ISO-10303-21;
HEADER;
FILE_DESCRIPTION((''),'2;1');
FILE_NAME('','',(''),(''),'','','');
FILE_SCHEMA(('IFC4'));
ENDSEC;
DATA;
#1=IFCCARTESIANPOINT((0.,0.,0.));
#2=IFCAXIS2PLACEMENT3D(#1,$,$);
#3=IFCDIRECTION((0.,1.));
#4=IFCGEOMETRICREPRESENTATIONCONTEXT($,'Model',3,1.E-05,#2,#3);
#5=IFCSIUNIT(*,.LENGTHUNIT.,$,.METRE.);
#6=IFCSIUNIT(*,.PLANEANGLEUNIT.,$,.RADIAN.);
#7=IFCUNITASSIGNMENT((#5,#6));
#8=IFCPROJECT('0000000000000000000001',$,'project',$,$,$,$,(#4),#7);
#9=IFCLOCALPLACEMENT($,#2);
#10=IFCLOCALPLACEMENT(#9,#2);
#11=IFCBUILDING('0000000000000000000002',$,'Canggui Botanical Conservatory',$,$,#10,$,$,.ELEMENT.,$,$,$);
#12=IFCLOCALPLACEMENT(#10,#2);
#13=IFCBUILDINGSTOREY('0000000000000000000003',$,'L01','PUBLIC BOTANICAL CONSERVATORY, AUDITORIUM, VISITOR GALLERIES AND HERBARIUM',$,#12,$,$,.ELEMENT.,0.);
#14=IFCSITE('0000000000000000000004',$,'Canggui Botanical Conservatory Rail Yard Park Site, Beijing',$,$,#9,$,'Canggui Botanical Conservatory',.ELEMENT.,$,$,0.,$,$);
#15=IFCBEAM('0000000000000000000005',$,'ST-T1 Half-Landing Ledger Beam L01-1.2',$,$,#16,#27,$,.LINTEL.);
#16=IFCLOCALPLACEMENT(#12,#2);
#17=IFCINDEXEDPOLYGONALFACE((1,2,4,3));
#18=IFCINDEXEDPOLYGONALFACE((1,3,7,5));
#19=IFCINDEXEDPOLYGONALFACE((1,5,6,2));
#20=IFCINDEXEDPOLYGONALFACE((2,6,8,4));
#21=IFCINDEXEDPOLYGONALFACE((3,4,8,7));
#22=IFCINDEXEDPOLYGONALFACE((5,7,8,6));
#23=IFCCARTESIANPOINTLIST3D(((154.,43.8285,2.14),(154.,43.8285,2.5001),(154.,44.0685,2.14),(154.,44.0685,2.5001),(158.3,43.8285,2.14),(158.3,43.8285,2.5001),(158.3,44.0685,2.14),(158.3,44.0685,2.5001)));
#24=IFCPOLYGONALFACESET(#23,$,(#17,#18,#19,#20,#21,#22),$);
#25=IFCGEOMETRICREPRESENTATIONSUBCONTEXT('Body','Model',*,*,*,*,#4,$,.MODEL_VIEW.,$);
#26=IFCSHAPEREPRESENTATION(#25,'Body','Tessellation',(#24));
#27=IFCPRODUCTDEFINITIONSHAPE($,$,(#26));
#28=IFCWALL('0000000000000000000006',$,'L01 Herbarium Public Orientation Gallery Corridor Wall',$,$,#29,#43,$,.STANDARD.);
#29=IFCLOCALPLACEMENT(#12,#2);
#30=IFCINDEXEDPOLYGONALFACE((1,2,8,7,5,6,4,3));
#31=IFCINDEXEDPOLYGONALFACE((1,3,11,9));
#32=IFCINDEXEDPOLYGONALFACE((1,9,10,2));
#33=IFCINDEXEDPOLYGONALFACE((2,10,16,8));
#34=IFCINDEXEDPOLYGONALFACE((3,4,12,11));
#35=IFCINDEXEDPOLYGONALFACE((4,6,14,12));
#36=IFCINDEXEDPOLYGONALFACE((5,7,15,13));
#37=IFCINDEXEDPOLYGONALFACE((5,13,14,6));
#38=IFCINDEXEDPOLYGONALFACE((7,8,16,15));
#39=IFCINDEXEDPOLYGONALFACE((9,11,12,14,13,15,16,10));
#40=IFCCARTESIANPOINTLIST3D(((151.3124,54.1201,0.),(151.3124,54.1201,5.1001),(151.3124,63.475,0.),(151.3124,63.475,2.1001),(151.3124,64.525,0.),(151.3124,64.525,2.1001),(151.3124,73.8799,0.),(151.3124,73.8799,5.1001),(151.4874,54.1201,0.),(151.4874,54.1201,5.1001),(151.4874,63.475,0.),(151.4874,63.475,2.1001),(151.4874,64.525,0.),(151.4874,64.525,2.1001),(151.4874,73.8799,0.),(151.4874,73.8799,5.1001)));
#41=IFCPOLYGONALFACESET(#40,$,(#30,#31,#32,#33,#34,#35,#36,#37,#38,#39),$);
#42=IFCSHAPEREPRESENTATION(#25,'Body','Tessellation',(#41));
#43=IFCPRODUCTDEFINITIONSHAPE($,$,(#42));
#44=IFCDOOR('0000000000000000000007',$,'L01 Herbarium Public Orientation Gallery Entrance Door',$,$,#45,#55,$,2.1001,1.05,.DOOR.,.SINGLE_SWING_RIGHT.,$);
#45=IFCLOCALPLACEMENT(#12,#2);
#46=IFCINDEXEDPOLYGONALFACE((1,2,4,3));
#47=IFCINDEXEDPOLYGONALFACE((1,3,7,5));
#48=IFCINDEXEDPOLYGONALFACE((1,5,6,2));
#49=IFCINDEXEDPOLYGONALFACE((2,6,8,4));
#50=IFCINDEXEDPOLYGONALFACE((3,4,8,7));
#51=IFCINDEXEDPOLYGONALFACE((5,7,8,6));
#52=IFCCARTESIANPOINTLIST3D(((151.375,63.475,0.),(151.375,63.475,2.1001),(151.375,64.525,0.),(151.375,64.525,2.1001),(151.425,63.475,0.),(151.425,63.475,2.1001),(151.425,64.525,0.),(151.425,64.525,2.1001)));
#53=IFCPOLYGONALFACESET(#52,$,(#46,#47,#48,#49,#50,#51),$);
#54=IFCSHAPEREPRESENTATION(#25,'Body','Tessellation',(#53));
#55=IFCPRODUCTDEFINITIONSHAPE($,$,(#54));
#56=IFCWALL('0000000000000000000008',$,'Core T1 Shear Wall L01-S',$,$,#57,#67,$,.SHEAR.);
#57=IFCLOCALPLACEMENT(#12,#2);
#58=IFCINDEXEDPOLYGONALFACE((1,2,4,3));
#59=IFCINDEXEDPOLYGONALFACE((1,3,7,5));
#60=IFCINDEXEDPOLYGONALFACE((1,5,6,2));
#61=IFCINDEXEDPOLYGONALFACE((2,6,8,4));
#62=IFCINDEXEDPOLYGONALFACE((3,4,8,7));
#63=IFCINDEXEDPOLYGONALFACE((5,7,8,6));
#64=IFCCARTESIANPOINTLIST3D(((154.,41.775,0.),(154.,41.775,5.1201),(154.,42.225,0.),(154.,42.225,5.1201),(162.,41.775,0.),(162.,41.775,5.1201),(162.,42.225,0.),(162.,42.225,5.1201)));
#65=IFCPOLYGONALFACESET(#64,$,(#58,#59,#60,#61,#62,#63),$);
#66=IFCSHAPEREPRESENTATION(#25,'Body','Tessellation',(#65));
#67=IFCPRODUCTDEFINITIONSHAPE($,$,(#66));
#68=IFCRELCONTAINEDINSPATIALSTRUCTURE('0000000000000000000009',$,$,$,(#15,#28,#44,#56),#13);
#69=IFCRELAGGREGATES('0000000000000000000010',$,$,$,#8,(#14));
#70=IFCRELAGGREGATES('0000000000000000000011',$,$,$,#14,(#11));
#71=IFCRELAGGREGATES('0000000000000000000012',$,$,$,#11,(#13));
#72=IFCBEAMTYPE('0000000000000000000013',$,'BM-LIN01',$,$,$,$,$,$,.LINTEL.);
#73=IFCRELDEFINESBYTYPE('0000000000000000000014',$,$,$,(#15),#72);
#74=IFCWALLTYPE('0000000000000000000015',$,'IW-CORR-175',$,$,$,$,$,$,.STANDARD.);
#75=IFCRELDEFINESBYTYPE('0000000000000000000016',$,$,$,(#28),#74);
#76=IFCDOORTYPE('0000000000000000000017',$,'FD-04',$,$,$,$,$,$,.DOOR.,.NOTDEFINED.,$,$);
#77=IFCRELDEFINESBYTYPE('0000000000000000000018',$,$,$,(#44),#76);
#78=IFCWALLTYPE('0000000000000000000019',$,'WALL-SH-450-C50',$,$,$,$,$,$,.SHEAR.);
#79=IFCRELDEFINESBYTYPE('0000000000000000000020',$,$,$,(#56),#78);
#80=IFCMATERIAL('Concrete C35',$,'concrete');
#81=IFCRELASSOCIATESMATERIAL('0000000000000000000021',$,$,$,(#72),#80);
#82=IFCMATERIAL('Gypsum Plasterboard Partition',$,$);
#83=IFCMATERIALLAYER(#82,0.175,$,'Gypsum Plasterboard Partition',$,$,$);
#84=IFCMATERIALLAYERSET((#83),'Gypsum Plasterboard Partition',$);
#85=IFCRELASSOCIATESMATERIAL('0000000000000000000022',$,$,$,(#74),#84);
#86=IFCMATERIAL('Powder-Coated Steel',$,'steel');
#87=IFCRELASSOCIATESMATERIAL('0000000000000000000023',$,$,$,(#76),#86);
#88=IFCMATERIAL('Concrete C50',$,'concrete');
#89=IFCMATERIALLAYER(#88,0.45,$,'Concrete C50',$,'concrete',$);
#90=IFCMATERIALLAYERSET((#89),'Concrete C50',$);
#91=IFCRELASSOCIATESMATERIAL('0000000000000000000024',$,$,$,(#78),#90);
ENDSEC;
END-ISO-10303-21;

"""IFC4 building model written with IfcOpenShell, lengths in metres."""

from ifc_helpers import new_model, si_unit, direction, frame, frame_2d, origin, origin_2d, place, context, subcontext, project, spatial, rectangle, extrude, material, layer, layer_set, material_profile, profile_set, type_object, element, fill, save


model = new_model("IFC4")

# Units and contexts
model_context = context("Model", 3, precision=1e-05, world=origin(), true_north=direction((0.0, 1.0)))
body_context = subcontext(model_context, "Body", "Model", "MODEL_VIEW")
ifc_project = project(units=[si_unit("LENGTHUNIT", "METRE"), si_unit("PLANEANGLEUNIT", "RADIAN")], contexts=[model_context])

# Site, building, storey
site_placement = place(None, origin())
site = spatial("IfcSite", under=ifc_project, at=site_placement, Name="Canggui Botanical Conservatory Rail Yard Park Site, Beijing", LongName="Canggui Botanical Conservatory", CompositionType="ELEMENT", RefElevation=0.0)
building_placement = place(site_placement, origin())
building = spatial("IfcBuilding", under=site, at=building_placement, Name="Canggui Botanical Conservatory", CompositionType="ELEMENT")
storey_placement = place(building_placement, origin())
storey = spatial("IfcBuildingStorey", under=building, at=storey_placement, Name="L01", Description="PUBLIC BOTANICAL CONSERVATORY, AUDITORIUM, VISITOR GALLERIES AND HERBARIUM", CompositionType="ELEMENT", Elevation=0.0)

# Shared definitions
ifc_material_1 = material(Name="Concrete C50", Category="concrete")

# Beam
ifc_material_2 = material(Name="Concrete C35", Category="concrete")
ifc_material_profile_1 = material_profile(ifc_material_2, rectangle(XDim=0.24, YDim=0.3601, at=origin_2d()), Name="RB 240x360")
ifc_profile_set_1 = profile_set([ifc_material_profile_1], Name="Concrete C35")
beam_type_1 = type_object("IfcBeamType", Name="BM-LIN01", PredefinedType="LINTEL", material=ifc_profile_set_1)
for number, where, z_axis, x_axis, name in (
    (1, (154.0, 43.9485, 2.3201), (1.0, 0.0, 0.0), (0.0, 1.0, 0.0), "ST-T1 Half-Landing Ledger Beam L01-1.2"),
):
    element("IfcBeam", number, at=place(storey_placement, frame(where, z_axis=z_axis, x_axis=x_axis)), inside=storey, type_object=beam_type_1, Name=name, PredefinedType="LINTEL", context=body_context, shape_type="SweptSolid", body=[
        extrude(rectangle(XDim=0.24, YDim=0.3601, at=origin_2d()), origin(), (0.0, 0.0, 1.0), 4.3),
    ])

# Wall, opening, door
ifc_material_3 = material(Name="Gypsum Plasterboard Partition")
ifc_layer_1 = layer(ifc_material_3, 0.175, Name="Gypsum Plasterboard Partition")
ifc_layer_set_1 = layer_set([ifc_layer_1], Name="Gypsum Plasterboard Partition")
wall_type_1 = type_object("IfcWallType", Name="IW-CORR-175", PredefinedType="STANDARD", material=ifc_layer_set_1)
wall_1_placement = place(storey_placement, frame((151.3999, 54.1201, 0.0), z_axis=(0.0, 0.0, 1.0), x_axis=(0.0, 1.0, 0.0)))
wall_1 = element("IfcWall", 2, at=wall_1_placement, inside=storey, type_object=wall_type_1, Name="L01 Herbarium Public Orientation Gallery Corridor Wall", PredefinedType="STANDARD", context=body_context, shape_type="SweptSolid", body=[
    extrude(rectangle(XDim=19.7598, YDim=0.175, at=frame_2d((9.8799, 0.0))), origin(), (0.0, 0.0, 1.0), 5.1001),
])
opening_placement = place(wall_1_placement, frame((9.355, 0.0, 0.0)))
opening = element("IfcOpeningElement", 3, at=opening_placement, cuts=wall_1, PredefinedType="OPENING", context=body_context, shape_type="SweptSolid", body=[
    extrude(rectangle(XDim=1.05, YDim=2.1001, at=frame_2d((0.5249, 1.05))), frame((0.0, 0.0977, 0.0), z_axis=(0.0, -1.0, 0.0), x_axis=(1.0, 0.0, 0.0)), (0.0, 0.0, 1.0), 0.1951),
])
ifc_material_4 = material(Name="Powder-Coated Steel", Category="steel")
door_type = type_object("IfcDoorType", Name="FD-04", OperationType="NOTDEFINED", PredefinedType="DOOR", material=ifc_material_4)
door_placement = place(opening_placement, origin())
door = element("IfcDoor", 4, at=door_placement, inside=storey, type_object=door_type, Name="L01 Herbarium Public Orientation Gallery Entrance Door", OperationType="SINGLE_SWING_RIGHT", OverallHeight=2.1001, OverallWidth=1.05, PredefinedType="DOOR", context=body_context, shape_type="SweptSolid", body=[
    extrude(rectangle(XDim=1.05, YDim=2.1001, at=frame_2d((0.5249, 1.05))), frame((0.0, 0.0249, 0.0), z_axis=(0.0, -1.0, 0.0), x_axis=(1.0, 0.0, 0.0)), (0.0, 0.0, 1.0), 0.05),
])
fill(opening, door)

# Wall
ifc_layer_2 = layer(ifc_material_1, 0.45, Name="Concrete C50", Category="concrete")
ifc_layer_set_2 = layer_set([ifc_layer_2], Name="Concrete C50")
wall_type_2 = type_object("IfcWallType", Name="WALL-SH-450-C50", PredefinedType="SHEAR", material=ifc_layer_set_2)
wall_2_placement = place(storey_placement, frame((154.0, 42.0, 0.0), z_axis=(0.0, 0.0, 1.0), x_axis=(1.0, 0.0, 0.0)))
element("IfcWall", 5, at=wall_2_placement, inside=storey, type_object=wall_type_2, Name="Core T1 Shear Wall L01-S", PredefinedType="SHEAR", context=body_context, shape_type="SweptSolid", body=[
    extrude(rectangle(XDim=8.0, YDim=0.45, at=frame_2d((4.0, 0.0))), origin(), (0.0, 0.0, 1.0), 5.1201),
])

save(model, "model.ifc")
